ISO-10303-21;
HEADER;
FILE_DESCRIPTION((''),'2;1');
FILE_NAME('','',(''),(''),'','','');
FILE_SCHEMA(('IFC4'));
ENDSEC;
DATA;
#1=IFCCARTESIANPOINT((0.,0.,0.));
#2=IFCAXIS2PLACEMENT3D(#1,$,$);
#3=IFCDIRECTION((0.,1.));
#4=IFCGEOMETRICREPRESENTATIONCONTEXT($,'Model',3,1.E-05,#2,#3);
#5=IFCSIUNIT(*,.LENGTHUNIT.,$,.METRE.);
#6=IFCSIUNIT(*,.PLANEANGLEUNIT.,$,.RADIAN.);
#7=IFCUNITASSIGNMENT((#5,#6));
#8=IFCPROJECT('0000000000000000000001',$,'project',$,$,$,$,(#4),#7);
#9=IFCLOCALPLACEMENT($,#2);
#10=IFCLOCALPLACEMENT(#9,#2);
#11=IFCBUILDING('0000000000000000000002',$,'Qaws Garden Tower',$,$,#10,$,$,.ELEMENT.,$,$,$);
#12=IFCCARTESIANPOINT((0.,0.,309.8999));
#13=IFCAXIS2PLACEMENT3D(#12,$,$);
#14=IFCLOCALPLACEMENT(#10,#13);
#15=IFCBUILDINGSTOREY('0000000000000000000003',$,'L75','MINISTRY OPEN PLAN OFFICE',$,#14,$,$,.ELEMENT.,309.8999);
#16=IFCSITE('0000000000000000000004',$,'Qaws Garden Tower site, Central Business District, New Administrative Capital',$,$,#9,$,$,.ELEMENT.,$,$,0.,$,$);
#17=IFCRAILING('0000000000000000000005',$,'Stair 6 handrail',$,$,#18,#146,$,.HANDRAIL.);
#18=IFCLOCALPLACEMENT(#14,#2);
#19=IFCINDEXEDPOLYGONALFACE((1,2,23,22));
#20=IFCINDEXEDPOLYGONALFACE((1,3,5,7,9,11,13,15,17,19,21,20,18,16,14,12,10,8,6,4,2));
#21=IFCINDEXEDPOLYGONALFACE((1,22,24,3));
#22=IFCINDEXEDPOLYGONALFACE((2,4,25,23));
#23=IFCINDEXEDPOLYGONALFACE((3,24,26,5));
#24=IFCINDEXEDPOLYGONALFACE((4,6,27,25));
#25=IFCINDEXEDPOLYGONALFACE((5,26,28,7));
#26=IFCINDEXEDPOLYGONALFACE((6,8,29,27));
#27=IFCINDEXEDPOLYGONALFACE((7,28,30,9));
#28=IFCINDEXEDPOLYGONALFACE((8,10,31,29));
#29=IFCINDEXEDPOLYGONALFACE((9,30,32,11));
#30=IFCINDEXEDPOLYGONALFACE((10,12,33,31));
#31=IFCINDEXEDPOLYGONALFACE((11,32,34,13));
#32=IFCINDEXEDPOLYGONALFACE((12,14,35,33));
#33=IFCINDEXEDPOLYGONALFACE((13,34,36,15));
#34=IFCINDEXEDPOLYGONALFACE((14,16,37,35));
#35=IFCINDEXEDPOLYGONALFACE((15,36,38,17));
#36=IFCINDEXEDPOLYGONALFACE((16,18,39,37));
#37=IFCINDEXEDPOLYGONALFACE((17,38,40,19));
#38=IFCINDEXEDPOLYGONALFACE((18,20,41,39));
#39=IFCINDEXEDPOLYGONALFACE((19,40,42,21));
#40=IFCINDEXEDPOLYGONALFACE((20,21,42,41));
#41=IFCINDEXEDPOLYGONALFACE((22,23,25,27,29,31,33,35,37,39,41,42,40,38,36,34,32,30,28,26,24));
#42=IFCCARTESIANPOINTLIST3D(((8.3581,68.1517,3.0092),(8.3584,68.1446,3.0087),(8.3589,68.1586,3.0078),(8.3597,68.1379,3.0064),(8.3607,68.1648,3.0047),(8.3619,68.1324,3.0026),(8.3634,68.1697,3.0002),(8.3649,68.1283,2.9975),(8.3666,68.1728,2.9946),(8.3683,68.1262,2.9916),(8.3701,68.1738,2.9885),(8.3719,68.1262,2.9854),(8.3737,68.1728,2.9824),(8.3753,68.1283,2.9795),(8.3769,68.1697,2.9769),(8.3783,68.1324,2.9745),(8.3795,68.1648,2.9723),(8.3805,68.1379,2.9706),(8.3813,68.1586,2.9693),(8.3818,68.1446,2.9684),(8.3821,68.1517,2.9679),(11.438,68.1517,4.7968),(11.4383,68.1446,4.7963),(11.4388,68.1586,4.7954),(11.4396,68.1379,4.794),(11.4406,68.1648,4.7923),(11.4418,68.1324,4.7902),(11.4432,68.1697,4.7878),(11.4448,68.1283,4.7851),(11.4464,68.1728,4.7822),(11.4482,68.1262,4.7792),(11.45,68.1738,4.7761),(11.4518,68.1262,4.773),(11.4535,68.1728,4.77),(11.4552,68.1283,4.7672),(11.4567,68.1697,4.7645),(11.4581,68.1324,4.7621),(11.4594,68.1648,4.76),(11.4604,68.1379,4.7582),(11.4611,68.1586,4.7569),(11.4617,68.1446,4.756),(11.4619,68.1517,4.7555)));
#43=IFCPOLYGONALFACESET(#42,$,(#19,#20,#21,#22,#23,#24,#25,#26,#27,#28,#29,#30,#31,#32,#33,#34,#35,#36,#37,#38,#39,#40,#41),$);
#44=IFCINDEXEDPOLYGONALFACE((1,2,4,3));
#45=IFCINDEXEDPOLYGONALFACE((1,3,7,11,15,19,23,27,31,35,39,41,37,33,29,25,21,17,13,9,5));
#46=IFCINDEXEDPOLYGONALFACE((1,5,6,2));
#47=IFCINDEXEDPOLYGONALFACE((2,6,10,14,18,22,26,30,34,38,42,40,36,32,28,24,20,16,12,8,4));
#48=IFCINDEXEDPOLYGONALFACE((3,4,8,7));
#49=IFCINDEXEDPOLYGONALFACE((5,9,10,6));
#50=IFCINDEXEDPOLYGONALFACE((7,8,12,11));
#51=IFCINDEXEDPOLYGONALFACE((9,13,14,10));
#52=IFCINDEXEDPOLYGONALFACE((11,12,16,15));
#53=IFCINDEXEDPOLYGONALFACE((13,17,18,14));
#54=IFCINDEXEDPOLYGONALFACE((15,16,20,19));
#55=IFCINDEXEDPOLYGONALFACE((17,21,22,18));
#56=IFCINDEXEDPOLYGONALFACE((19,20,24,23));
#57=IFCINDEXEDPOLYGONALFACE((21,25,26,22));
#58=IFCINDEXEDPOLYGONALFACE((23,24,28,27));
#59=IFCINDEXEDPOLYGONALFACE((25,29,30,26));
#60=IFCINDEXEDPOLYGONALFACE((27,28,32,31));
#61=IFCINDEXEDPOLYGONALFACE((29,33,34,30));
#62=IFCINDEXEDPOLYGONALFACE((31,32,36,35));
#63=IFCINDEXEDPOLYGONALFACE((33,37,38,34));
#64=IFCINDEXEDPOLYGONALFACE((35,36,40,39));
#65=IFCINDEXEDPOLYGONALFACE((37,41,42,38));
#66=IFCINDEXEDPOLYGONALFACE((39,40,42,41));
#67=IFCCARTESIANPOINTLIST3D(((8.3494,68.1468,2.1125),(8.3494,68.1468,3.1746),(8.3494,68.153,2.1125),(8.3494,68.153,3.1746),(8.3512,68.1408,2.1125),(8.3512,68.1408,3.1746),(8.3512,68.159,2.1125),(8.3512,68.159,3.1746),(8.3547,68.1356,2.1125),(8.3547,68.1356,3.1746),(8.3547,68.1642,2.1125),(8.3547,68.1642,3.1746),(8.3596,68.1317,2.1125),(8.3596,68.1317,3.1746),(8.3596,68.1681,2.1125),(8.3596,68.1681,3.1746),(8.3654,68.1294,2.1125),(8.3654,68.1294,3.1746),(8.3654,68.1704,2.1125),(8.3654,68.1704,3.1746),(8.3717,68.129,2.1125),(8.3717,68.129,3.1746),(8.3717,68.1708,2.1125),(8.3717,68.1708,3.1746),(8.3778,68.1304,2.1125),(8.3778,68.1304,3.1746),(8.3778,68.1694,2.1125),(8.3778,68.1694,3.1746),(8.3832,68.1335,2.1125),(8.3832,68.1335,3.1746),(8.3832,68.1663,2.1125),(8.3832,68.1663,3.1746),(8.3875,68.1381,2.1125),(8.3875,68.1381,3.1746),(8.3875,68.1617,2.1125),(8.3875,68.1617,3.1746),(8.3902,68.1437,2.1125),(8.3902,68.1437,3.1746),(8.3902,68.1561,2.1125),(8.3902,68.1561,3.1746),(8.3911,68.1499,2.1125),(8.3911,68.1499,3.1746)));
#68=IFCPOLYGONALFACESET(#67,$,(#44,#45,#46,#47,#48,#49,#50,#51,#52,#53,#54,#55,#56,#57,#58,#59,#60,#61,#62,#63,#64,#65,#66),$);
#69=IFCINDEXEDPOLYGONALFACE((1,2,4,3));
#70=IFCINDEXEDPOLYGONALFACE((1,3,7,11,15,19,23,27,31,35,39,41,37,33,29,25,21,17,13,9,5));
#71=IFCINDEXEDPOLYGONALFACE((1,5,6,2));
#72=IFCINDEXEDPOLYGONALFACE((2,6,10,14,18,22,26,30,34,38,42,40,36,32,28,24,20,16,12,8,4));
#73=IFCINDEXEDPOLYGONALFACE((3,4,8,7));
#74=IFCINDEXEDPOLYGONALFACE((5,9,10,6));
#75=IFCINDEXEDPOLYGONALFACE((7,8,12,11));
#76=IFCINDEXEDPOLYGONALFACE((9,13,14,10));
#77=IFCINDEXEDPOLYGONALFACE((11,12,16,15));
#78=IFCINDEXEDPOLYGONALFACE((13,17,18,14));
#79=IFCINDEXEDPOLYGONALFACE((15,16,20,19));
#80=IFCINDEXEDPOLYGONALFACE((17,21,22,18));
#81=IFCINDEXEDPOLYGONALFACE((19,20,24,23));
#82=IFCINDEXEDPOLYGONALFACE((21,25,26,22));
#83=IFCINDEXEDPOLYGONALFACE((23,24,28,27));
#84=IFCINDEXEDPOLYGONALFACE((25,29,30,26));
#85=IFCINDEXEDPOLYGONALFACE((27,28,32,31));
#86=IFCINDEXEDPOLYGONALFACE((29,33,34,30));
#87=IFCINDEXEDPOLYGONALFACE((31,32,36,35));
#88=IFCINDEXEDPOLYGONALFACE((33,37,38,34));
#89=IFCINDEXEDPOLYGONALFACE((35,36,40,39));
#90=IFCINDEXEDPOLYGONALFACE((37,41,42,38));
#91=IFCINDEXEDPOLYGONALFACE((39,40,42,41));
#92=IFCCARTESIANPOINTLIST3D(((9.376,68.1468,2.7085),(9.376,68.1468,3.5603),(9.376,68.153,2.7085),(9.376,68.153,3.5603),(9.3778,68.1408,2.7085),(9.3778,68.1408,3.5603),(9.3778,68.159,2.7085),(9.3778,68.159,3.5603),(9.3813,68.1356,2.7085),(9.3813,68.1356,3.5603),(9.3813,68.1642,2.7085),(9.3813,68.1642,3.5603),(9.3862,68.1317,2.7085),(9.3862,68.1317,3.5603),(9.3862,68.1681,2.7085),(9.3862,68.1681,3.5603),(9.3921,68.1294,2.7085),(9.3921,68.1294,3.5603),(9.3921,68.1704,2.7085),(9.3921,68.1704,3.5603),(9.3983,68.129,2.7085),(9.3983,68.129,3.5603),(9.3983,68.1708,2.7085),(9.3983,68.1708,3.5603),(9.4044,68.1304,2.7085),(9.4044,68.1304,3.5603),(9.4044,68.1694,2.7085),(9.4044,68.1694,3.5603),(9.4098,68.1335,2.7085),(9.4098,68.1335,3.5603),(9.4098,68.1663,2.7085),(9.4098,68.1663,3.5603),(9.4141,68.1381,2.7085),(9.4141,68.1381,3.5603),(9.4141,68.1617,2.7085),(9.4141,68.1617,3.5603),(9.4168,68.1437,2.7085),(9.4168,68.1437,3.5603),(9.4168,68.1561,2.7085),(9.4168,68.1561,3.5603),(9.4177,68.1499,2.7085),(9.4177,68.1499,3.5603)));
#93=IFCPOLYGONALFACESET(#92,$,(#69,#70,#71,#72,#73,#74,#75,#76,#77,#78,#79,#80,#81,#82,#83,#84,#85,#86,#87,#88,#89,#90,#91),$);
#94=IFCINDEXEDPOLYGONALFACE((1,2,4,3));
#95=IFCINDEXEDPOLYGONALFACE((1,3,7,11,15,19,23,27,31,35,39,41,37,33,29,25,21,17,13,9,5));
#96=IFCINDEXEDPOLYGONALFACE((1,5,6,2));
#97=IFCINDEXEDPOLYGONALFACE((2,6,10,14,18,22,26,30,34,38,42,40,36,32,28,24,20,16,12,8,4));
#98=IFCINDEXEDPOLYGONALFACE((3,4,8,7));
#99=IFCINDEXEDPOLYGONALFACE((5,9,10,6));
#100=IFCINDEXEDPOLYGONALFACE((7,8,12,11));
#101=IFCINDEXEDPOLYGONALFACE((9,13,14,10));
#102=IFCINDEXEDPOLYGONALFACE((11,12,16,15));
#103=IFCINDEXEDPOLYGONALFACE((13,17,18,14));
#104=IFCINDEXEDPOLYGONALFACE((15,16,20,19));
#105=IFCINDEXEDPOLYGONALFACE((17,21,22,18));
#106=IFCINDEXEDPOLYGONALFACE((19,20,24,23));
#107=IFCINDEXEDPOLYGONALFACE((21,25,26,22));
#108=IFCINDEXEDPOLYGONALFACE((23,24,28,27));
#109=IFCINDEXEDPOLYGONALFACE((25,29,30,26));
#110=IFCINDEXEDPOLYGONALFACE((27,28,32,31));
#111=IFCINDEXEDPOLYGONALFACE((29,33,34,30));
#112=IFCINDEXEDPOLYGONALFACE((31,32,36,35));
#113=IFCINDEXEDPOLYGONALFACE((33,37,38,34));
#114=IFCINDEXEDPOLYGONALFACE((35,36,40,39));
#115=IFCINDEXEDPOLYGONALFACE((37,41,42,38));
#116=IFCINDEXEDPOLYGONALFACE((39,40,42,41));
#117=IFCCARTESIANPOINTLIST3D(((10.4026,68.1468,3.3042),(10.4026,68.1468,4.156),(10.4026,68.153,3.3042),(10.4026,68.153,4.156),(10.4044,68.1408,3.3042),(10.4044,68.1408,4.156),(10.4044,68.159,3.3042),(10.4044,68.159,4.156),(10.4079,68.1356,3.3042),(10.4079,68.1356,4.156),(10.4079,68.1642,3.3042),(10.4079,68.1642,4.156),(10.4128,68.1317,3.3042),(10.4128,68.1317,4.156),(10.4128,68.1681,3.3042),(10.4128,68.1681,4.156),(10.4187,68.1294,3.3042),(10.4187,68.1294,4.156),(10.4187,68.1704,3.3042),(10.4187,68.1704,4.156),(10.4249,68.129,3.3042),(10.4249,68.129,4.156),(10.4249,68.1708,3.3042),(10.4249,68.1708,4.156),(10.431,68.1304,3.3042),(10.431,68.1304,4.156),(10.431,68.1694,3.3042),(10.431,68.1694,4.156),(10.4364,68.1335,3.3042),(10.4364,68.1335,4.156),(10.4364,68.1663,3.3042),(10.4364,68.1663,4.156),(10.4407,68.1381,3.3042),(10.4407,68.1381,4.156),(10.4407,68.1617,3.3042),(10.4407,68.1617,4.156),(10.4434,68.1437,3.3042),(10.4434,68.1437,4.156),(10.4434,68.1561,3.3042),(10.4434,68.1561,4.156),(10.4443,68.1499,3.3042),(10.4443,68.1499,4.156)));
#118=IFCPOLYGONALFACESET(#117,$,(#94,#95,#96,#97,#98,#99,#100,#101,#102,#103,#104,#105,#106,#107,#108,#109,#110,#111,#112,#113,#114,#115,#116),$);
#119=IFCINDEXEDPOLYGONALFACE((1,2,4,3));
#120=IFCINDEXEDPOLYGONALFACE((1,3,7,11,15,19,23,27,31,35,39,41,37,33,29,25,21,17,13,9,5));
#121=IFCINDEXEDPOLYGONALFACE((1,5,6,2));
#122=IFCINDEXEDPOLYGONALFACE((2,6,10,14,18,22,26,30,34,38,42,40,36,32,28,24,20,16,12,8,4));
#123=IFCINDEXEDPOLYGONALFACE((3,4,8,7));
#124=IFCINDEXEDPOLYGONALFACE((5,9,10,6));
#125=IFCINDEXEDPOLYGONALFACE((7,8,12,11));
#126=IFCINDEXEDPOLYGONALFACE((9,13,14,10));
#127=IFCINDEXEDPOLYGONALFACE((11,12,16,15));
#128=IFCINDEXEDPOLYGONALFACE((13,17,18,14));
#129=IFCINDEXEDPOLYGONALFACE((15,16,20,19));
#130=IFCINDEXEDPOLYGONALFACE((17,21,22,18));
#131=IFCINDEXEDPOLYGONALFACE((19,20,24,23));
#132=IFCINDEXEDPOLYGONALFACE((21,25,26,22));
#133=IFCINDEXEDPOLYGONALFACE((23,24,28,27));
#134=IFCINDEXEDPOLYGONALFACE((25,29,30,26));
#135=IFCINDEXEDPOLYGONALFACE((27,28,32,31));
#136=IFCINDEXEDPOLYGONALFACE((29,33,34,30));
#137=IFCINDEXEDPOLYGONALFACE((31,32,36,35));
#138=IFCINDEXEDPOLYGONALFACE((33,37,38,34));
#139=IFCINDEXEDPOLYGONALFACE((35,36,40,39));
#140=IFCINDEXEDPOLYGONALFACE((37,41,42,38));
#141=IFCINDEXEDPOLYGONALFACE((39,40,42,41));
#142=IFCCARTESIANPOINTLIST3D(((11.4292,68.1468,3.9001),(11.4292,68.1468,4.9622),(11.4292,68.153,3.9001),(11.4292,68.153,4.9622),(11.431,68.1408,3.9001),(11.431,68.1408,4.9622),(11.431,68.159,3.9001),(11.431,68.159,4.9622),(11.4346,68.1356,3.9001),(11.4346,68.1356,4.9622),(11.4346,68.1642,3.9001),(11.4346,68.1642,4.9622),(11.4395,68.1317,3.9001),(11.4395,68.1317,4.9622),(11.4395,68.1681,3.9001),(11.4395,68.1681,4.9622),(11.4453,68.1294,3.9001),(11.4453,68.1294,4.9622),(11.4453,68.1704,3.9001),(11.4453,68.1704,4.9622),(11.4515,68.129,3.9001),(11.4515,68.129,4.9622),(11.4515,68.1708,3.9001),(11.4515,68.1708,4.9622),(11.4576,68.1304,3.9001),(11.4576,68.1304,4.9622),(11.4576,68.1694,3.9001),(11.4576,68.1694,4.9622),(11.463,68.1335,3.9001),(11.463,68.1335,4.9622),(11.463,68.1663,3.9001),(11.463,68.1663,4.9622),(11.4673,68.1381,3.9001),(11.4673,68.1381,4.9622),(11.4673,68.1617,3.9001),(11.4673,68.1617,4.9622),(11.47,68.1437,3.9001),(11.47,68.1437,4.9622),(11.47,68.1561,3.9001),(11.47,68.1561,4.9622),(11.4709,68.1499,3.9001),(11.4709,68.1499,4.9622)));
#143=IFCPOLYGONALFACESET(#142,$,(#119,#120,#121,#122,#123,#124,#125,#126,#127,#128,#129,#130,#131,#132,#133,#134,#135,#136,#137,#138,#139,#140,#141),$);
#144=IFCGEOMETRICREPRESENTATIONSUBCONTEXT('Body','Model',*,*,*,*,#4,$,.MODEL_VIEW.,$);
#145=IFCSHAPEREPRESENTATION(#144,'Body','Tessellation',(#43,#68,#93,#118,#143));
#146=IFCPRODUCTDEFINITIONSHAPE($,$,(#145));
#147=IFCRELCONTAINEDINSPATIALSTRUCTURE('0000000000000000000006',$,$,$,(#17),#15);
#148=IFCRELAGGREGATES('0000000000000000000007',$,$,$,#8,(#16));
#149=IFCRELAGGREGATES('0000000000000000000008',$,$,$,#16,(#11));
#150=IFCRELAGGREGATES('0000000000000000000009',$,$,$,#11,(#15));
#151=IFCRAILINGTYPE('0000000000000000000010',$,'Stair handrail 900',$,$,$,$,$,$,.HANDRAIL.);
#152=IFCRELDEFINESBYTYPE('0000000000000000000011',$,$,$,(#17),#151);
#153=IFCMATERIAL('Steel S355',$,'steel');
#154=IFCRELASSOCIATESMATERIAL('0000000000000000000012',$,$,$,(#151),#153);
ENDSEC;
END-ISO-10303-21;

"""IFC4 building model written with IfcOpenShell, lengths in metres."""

from ifc_helpers import new_model, si_unit, direction, frame, origin, origin_2d, place, context, subcontext, project, spatial, circle, extrude, material, type_object, element, save


model = new_model("IFC4")

# Units and contexts
model_context = context("Model", 3, precision=1e-05, world=origin(), true_north=direction((0.0, 1.0)))
body_context = subcontext(model_context, "Body", "Model", "MODEL_VIEW")
ifc_project = project(units=[si_unit("LENGTHUNIT", "METRE"), si_unit("PLANEANGLEUNIT", "RADIAN")], contexts=[model_context])

# Site, building, storey
site_placement = place(None, origin())
site = spatial("IfcSite", under=ifc_project, at=site_placement, Name="Qaws Garden Tower site, Central Business District, New Administrative Capital", CompositionType="ELEMENT", RefElevation=0.0)
building_placement = place(site_placement, origin())
building = spatial("IfcBuilding", under=site, at=building_placement, Name="Qaws Garden Tower", CompositionType="ELEMENT")
storey_placement = place(building_placement, frame((0.0, 0.0, 309.8999)))
storey = spatial("IfcBuildingStorey", under=building, at=storey_placement, Name="L75", Description="MINISTRY OPEN PLAN OFFICE", CompositionType="ELEMENT", Elevation=309.8999)

# Railing
ifc_material_1 = material(Name="Steel S355", Category="steel")
railing_type = type_object("IfcRailingType", Name="Stair handrail 900", PredefinedType="HANDRAIL", material=ifc_material_1)
railing_1_placement = place(storey_placement, frame((8.3701, 68.1499, 2.1125)))
element("IfcRailing", 1, at=railing_1_placement, inside=storey, type_object=railing_type, Name="Stair 6 handrail", PredefinedType="HANDRAIL", context=body_context, shape_type="SweptSolid", body=[
    extrude(circle(Radius=0.0239, at=origin_2d()), frame((0.0, 0.0, 0.876), z_axis=(0.864873, 0.0, 0.50199), x_axis=(0.0, 1.0, 0.0)), (0.0, 0.0, 1.0), 3.561),
    extrude(circle(Radius=0.021, at=origin_2d()), origin(), (0.0, 0.0, 1.0), 1.062),
    extrude(circle(Radius=0.021, at=origin_2d()), frame((1.0266, 0.0, 0.5959)), (0.0, 0.0, 1.0), 0.8518),
    extrude(circle(Radius=0.021, at=origin_2d()), frame((2.0532, 0.0, 1.1917)), (0.0, 0.0, 1.0), 0.8518),
    extrude(circle(Radius=0.021, at=origin_2d()), frame((3.0798, 0.0, 1.7876)), (0.0, 0.0, 1.0), 1.062),
])

save(model, "model.ifc")
